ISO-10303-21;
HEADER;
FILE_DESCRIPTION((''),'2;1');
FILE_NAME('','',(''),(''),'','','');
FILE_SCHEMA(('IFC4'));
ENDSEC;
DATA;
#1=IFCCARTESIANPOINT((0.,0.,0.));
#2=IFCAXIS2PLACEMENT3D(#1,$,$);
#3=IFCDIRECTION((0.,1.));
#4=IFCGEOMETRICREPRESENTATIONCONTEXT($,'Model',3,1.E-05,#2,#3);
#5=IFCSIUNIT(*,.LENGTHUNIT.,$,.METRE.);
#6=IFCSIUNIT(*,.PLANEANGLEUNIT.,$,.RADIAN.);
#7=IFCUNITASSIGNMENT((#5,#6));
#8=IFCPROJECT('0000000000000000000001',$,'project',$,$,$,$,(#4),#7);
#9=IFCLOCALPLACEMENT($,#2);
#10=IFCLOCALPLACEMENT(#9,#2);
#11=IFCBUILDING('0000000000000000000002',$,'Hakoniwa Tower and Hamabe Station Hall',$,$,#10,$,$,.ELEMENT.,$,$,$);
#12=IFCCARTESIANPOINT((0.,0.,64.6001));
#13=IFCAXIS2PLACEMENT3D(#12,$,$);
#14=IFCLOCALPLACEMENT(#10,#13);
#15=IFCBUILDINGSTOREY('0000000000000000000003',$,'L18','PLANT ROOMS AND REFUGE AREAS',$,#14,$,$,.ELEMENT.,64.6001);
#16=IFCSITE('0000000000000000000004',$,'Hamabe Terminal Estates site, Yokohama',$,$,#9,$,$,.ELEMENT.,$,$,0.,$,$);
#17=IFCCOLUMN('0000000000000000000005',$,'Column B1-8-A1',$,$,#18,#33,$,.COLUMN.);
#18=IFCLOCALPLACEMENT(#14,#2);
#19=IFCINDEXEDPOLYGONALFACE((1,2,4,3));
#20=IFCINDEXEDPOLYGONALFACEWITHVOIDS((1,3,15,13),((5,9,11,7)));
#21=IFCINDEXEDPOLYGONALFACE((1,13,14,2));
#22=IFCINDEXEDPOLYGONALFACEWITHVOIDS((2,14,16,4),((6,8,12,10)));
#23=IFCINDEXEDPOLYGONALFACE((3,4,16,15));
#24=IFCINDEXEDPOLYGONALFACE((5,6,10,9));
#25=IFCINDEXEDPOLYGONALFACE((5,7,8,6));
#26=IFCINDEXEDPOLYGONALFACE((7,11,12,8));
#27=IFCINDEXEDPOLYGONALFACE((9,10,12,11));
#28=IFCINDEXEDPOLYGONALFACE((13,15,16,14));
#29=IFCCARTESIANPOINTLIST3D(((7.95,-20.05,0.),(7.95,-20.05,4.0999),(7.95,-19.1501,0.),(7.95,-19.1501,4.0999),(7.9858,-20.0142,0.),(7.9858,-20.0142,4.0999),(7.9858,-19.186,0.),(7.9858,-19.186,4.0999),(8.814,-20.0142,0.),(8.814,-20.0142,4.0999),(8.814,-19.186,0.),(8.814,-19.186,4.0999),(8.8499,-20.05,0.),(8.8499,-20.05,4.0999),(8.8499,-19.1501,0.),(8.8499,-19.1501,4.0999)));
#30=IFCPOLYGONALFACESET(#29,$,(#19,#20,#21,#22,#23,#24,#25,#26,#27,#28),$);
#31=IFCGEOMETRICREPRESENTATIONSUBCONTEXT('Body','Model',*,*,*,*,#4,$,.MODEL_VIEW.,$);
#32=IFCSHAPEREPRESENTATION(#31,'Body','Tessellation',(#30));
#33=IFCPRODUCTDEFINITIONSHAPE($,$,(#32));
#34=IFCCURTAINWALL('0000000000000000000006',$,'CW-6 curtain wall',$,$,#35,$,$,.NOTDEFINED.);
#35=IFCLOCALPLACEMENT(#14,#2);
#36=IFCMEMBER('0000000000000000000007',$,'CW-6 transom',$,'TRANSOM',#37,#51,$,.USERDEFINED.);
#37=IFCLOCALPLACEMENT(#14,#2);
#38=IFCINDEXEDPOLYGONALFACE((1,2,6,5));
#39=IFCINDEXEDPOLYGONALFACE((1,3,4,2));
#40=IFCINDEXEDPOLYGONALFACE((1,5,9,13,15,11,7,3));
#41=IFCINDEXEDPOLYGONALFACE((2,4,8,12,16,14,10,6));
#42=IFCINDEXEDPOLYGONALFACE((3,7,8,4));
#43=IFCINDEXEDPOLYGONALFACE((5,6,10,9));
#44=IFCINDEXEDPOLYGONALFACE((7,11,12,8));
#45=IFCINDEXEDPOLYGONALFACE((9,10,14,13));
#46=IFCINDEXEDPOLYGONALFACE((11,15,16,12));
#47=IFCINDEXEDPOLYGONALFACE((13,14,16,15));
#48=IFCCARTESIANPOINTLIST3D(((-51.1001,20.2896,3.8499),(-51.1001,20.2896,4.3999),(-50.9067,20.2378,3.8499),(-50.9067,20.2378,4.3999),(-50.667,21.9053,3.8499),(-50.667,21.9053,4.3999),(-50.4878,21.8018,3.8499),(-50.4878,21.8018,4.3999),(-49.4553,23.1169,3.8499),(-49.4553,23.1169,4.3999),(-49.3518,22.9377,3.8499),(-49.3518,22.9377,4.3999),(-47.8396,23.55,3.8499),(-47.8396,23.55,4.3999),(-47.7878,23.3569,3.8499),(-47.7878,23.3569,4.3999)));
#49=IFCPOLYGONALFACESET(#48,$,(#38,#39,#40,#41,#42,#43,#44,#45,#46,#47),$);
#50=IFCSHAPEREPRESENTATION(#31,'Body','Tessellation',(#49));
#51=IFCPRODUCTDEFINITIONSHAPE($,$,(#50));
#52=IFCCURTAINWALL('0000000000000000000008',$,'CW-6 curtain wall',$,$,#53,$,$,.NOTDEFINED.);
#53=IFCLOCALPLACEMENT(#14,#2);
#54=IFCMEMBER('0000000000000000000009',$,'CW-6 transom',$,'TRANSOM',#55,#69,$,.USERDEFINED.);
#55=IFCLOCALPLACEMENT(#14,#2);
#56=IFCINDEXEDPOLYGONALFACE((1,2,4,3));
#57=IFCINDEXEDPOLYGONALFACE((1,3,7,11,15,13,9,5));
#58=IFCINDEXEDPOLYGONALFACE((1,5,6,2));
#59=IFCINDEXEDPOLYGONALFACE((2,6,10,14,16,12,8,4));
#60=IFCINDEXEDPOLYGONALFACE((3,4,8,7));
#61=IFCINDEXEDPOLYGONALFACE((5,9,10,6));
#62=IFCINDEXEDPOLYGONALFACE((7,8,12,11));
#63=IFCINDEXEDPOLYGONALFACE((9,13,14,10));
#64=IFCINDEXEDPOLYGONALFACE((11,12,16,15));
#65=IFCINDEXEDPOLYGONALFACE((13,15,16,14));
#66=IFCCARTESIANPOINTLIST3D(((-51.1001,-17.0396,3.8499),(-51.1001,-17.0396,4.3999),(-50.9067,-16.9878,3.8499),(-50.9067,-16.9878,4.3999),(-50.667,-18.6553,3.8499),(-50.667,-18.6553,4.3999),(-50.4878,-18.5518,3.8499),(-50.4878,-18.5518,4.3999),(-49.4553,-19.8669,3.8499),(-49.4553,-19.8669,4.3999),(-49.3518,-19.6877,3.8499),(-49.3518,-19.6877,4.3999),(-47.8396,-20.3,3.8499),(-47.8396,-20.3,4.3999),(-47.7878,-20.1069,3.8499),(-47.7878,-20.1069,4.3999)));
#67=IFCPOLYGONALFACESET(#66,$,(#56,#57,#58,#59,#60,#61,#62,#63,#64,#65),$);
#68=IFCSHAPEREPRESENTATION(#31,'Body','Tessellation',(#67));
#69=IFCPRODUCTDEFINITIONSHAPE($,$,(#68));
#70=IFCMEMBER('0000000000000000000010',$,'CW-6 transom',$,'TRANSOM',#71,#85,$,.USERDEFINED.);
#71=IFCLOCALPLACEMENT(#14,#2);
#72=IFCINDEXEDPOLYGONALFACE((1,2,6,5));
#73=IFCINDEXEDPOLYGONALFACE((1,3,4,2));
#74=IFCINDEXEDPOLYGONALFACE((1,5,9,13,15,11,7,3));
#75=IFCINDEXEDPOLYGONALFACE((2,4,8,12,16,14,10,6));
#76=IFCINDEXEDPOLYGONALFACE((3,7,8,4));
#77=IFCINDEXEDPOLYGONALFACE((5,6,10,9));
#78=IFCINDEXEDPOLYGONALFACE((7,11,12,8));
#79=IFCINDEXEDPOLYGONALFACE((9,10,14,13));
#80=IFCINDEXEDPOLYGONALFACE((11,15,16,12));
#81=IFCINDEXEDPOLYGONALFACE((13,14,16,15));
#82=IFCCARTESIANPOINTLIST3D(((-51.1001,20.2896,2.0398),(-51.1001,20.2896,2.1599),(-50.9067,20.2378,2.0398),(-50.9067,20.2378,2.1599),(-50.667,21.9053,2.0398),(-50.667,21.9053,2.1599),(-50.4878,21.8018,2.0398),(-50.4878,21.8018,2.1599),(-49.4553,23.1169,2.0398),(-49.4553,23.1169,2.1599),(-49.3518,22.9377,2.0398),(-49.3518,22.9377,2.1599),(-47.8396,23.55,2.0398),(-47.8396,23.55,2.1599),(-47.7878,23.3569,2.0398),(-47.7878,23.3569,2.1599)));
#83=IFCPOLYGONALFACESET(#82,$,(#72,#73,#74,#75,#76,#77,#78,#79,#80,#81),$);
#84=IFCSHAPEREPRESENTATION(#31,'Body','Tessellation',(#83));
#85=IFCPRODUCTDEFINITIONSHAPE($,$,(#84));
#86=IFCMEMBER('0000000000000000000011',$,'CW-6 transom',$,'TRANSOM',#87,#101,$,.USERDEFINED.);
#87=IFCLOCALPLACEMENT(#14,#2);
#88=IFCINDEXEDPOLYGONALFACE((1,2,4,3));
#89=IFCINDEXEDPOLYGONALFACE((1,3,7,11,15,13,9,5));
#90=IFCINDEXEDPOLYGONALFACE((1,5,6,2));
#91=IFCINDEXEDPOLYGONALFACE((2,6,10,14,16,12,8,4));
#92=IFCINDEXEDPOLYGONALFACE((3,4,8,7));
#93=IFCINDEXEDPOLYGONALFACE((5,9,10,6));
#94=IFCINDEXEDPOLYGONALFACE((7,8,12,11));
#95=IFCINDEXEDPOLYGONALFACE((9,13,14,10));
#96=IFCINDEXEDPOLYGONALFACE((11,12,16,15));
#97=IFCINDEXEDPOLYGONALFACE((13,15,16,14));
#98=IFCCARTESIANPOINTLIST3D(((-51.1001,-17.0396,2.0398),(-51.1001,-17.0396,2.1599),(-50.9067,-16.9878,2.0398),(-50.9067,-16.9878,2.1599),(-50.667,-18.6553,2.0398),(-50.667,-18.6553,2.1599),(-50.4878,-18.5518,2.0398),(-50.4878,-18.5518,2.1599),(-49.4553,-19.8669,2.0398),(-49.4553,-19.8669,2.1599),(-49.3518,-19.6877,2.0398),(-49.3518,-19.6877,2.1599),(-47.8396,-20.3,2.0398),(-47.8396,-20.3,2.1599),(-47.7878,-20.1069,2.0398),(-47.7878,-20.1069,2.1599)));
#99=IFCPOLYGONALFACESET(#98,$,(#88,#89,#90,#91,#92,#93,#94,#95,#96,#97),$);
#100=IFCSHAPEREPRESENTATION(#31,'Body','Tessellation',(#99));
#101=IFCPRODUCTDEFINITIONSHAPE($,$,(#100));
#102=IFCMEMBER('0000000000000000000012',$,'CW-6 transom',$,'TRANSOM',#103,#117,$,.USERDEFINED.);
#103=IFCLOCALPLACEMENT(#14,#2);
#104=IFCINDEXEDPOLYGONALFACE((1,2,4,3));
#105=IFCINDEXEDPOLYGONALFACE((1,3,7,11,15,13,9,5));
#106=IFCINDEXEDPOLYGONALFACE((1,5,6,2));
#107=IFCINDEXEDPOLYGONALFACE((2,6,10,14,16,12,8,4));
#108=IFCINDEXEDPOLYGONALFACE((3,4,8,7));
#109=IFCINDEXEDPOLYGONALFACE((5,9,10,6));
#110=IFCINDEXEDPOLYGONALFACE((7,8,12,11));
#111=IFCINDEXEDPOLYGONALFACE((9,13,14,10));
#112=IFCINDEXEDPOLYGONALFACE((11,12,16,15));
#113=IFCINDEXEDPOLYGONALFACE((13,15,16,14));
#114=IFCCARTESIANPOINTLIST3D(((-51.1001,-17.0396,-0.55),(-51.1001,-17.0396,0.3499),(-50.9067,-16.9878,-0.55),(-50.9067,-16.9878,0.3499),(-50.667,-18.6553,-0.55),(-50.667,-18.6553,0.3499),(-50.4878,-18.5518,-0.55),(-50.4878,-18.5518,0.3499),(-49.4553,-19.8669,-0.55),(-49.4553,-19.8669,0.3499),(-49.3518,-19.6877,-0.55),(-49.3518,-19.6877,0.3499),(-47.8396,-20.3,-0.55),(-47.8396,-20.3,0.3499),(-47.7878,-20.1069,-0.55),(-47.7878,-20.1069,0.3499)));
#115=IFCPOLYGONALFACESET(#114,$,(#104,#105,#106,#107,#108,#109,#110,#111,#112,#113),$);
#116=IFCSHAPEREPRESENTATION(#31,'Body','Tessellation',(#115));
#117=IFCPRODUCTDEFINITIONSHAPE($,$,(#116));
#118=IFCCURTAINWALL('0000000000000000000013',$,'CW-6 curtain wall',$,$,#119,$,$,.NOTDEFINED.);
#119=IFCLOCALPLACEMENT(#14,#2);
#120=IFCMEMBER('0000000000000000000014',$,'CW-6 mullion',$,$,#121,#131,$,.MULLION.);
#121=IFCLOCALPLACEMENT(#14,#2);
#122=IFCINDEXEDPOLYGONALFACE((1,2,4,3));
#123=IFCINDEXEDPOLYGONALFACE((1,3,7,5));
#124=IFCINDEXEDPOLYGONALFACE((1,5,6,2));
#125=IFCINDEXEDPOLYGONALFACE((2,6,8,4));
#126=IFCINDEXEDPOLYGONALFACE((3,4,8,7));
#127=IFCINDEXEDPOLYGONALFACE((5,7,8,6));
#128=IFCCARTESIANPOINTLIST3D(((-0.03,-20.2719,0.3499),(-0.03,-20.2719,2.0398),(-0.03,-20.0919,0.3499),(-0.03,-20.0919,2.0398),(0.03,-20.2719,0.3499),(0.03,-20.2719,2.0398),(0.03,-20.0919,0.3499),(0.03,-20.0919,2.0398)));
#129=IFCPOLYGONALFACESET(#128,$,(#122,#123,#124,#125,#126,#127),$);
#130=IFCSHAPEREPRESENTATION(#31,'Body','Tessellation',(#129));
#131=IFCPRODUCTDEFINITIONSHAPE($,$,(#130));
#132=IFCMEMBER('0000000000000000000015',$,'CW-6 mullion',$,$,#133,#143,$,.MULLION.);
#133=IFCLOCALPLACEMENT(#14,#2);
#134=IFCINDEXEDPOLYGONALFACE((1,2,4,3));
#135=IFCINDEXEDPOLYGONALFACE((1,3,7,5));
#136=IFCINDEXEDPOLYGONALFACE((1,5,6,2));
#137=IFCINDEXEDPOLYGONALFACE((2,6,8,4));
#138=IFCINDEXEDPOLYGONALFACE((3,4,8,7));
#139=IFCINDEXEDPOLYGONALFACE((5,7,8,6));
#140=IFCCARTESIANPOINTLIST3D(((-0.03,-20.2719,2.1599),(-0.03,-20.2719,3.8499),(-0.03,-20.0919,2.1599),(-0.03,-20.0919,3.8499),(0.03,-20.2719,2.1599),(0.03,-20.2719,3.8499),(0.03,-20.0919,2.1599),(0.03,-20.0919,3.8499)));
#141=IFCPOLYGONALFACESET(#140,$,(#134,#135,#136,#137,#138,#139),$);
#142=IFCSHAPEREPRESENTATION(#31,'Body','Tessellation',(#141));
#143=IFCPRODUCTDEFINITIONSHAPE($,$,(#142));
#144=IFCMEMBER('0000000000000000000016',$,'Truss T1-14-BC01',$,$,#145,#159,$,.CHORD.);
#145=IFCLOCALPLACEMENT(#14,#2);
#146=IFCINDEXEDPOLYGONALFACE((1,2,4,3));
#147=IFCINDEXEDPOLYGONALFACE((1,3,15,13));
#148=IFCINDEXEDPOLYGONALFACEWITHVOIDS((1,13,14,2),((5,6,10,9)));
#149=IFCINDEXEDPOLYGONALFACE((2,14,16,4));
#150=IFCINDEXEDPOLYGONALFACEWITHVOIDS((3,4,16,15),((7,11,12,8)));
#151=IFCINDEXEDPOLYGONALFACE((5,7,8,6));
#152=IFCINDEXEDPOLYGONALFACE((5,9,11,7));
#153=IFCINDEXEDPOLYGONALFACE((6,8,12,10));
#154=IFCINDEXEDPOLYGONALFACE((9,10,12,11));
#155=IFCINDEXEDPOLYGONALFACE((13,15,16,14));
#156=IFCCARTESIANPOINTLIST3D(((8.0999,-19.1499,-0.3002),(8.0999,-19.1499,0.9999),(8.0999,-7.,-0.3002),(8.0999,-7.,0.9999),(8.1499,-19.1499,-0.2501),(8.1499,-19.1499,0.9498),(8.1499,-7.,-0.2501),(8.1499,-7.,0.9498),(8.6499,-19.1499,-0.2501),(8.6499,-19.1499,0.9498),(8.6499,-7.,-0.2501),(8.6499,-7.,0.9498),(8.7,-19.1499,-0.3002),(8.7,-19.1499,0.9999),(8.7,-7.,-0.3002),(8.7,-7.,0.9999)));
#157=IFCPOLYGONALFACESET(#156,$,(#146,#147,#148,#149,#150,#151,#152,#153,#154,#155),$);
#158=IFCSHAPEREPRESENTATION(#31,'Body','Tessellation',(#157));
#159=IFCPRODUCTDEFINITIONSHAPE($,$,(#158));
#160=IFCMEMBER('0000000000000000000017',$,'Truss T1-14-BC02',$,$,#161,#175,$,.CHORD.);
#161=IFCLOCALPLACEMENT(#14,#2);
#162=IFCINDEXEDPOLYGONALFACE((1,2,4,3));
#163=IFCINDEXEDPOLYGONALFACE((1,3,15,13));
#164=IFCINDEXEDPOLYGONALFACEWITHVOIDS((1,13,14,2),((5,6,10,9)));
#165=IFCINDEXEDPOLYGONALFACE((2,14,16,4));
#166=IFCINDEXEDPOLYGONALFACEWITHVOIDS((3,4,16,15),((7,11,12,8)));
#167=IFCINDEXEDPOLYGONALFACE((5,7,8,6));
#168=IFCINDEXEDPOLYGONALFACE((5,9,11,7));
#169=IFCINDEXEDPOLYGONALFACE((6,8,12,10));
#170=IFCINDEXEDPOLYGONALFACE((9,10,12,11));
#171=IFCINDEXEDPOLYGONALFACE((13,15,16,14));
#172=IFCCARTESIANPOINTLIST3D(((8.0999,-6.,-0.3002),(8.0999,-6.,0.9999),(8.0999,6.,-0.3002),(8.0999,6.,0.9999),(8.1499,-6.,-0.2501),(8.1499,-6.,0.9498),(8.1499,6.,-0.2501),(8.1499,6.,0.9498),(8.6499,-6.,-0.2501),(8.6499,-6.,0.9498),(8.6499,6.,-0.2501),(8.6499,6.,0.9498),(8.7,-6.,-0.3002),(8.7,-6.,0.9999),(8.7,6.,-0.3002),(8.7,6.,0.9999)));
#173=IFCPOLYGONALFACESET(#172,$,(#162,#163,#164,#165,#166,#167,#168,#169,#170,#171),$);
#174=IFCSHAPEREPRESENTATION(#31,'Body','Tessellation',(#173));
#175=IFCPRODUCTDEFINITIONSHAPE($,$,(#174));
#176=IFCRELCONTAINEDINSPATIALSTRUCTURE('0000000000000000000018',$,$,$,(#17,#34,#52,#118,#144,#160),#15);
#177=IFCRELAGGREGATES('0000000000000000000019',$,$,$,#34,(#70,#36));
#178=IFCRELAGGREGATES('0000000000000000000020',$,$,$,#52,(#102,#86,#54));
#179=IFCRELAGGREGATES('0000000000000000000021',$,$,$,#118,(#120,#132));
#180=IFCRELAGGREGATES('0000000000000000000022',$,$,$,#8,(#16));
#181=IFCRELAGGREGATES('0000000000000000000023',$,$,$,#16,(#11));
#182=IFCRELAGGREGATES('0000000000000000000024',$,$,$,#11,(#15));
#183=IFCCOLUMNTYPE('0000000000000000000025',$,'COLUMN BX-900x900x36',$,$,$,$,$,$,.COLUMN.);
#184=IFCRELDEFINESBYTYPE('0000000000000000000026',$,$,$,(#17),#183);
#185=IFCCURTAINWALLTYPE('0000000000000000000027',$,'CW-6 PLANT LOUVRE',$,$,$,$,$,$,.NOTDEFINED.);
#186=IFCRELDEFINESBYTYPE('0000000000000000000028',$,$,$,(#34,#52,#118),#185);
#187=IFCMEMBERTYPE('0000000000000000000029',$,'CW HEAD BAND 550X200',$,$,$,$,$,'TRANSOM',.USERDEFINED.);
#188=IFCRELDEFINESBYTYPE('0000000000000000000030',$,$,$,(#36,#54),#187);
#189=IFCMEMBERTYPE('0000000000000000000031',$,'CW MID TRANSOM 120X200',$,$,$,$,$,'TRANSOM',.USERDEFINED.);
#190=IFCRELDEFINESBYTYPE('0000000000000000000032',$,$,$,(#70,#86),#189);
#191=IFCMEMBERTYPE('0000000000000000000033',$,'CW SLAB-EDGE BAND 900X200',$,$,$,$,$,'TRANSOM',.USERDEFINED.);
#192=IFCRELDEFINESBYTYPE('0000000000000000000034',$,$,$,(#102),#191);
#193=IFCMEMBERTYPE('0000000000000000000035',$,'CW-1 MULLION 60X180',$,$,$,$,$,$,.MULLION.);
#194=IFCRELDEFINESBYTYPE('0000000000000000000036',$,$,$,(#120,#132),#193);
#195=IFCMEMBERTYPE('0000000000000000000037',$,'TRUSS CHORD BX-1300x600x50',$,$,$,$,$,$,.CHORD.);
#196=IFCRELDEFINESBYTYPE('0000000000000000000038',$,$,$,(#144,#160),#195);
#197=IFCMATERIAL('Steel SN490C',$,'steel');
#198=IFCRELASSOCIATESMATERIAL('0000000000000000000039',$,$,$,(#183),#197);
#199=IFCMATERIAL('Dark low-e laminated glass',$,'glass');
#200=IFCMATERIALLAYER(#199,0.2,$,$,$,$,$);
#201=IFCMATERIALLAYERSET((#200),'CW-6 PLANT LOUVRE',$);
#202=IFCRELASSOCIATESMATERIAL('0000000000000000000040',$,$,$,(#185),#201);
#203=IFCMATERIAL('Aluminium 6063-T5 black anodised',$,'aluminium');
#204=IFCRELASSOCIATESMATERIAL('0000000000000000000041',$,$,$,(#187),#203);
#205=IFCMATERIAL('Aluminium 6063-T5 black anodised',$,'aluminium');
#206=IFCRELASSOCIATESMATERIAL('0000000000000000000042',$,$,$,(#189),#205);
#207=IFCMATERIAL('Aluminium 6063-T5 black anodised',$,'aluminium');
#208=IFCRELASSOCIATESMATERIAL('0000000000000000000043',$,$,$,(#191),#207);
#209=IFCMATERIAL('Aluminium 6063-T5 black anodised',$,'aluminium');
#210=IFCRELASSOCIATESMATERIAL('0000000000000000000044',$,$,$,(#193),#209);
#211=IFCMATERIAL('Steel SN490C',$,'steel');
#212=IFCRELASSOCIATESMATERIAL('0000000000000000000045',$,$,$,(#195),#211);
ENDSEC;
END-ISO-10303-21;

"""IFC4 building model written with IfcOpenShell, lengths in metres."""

from ifc_helpers import new_model, si_unit, direction, frame, origin, origin_2d, place, context, subcontext, project, spatial, polyline, rectangle, hollow_rectangle, outline, extrude, material, layer, layer_set, material_profile, profile_set, type_object, element, aggregate, save


model = new_model("IFC4")

# Units and contexts
model_context = context("Model", 3, precision=1e-05, world=origin(), true_north=direction((0.0, 1.0)))
body_context = subcontext(model_context, "Body", "Model", "MODEL_VIEW")
ifc_project = project(units=[si_unit("LENGTHUNIT", "METRE"), si_unit("PLANEANGLEUNIT", "RADIAN")], contexts=[model_context])

# Site, building, storey
site_placement = place(None, origin())
site = spatial("IfcSite", under=ifc_project, at=site_placement, Name="Hamabe Terminal Estates site, Yokohama", CompositionType="ELEMENT", RefElevation=0.0)
building_placement = place(site_placement, origin())
building = spatial("IfcBuilding", under=site, at=building_placement, Name="Hakoniwa Tower and Hamabe Station Hall", CompositionType="ELEMENT")
storey_placement = place(building_placement, frame((0.0, 0.0, 64.6001)))
storey = spatial("IfcBuildingStorey", under=building, at=storey_placement, Name="L18", Description="PLANT ROOMS AND REFUGE AREAS", CompositionType="ELEMENT", Elevation=64.6001)

# Column
ifc_material_1 = material(Name="Steel SN490C", Category="steel")
ifc_material_profile_1 = material_profile(ifc_material_1, hollow_rectangle(XDim=0.8999, YDim=0.8999, WallThickness=0.0359, at=origin_2d()), Name="BX-900x900x36")
ifc_profile_set_1 = profile_set([ifc_material_profile_1], Name="Steel SN490C")
column_type = type_object("IfcColumnType", Name="COLUMN BX-900x900x36", PredefinedType="COLUMN", material=ifc_profile_set_1)
column_placement = place(storey_placement, frame((8.3999, -19.6001, 0.0), z_axis=(0.0, 0.0, 1.0), x_axis=(1.0, 0.0, 0.0)))
element("IfcColumn", 1, at=column_placement, inside=storey, type_object=column_type, Name="Column B1-8-A1", PredefinedType="COLUMN", context=body_context, shape_type="SweptSolid", body=[
    extrude(hollow_rectangle(XDim=0.8999, YDim=0.8999, WallThickness=0.0359, at=origin_2d()), origin(), (0.0, 0.0, 1.0), 4.0999),
])

# Curtain walls, members
ifc_material_2 = material(Name="Dark low-e laminated glass", Category="glass")
ifc_layer_1 = layer(ifc_material_2, 0.2)
ifc_layer_set_1 = layer_set([ifc_layer_1], Name="CW-6 PLANT LOUVRE")
curtain_wall_type = type_object("IfcCurtainWallType", Name="CW-6 PLANT LOUVRE", PredefinedType="NOTDEFINED", material=ifc_layer_set_1)
curtain_wall_1_placement = place(storey_placement, origin())
curtain_wall_1 = element("IfcCurtainWall", 2, at=curtain_wall_1_placement, inside=storey, type_object=curtain_wall_type, Name="CW-6 curtain wall", PredefinedType="NOTDEFINED")
ifc_material_3 = material(Name="Aluminium 6063-T5 black anodised", Category="aluminium")
ifc_material_profile_2 = material_profile(ifc_material_3, rectangle(XDim=0.2, YDim=0.55, at=origin_2d()), Name="CW HEAD BAND 550X200")
ifc_profile_set_2 = profile_set([ifc_material_profile_2], Name="Aluminium 6063-T5 black anodised")
member_type_1 = type_object("IfcMemberType", Name="CW HEAD BAND 550X200", ElementType="TRANSOM", PredefinedType="USERDEFINED", material=ifc_profile_set_2)
member_1_placement = place(storey_placement, frame((0.0, 0.0, 3.8499)))
member_1 = element("IfcMember", 3, at=member_1_placement, type_object=member_type_1, Name="CW-6 transom", ObjectType="TRANSOM", PredefinedType="USERDEFINED", context=body_context, shape_type="SweptSolid", body=[
    extrude(outline(polyline([(-47.8396, 23.55), (-49.4553, 23.1169), (-50.667, 21.9053), (-51.1001, 20.2896), (-50.9067, 20.2378), (-50.4878, 21.8018), (-49.3518, 22.9377), (-47.7878, 23.3569), (-47.8396, 23.55)])), origin(), (0.0, 0.0, 1.0), 0.55),
])
curtain_wall_2_placement = place(storey_placement, origin())
curtain_wall_2 = element("IfcCurtainWall", 4, at=curtain_wall_2_placement, inside=storey, type_object=curtain_wall_type, Name="CW-6 curtain wall", PredefinedType="NOTDEFINED")
member_2_placement = place(storey_placement, frame((0.0, 0.0, 3.8499)))
member_2 = element("IfcMember", 5, at=member_2_placement, type_object=member_type_1, Name="CW-6 transom", ObjectType="TRANSOM", PredefinedType="USERDEFINED", context=body_context, shape_type="SweptSolid", body=[
    extrude(outline(polyline([(-51.1001, -17.0396), (-50.667, -18.6553), (-49.4553, -19.8669), (-47.8396, -20.3), (-47.7878, -20.1069), (-49.3518, -19.6877), (-50.4878, -18.5518), (-50.9067, -16.9878), (-51.1001, -17.0396)])), origin(), (0.0, 0.0, 1.0), 0.55),
])

# Members
ifc_material_4 = material(Name="Aluminium 6063-T5 black anodised", Category="aluminium")
ifc_material_profile_3 = material_profile(ifc_material_4, rectangle(XDim=0.2, YDim=0.1201, at=origin_2d()), Name="CW MID TRANSOM 120X200")
ifc_profile_set_3 = profile_set([ifc_material_profile_3], Name="Aluminium 6063-T5 black anodised")
member_type_2 = type_object("IfcMemberType", Name="CW MID TRANSOM 120X200", ElementType="TRANSOM", PredefinedType="USERDEFINED", material=ifc_profile_set_3)
member_3_placement = place(storey_placement, frame((0.0, 0.0, 2.0398)))
member_3 = element("IfcMember", 6, at=member_3_placement, type_object=member_type_2, Name="CW-6 transom", ObjectType="TRANSOM", PredefinedType="USERDEFINED", context=body_context, shape_type="SweptSolid", body=[
    extrude(outline(polyline([(-47.8396, 23.55), (-49.4553, 23.1169), (-50.667, 21.9053), (-51.1001, 20.2896), (-50.9067, 20.2378), (-50.4878, 21.8018), (-49.3518, 22.9377), (-47.7878, 23.3569), (-47.8396, 23.55)])), origin(), (0.0, 0.0, 1.0), 0.1201),
])
aggregate(curtain_wall_1, [member_3, member_1])
member_4_placement = place(storey_placement, frame((0.0, 0.0, 2.0398)))
member_4 = element("IfcMember", 7, at=member_4_placement, type_object=member_type_2, Name="CW-6 transom", ObjectType="TRANSOM", PredefinedType="USERDEFINED", context=body_context, shape_type="SweptSolid", body=[
    extrude(outline(polyline([(-51.1001, -17.0396), (-50.667, -18.6553), (-49.4553, -19.8669), (-47.8396, -20.3), (-47.7878, -20.1069), (-49.3518, -19.6877), (-50.4878, -18.5518), (-50.9067, -16.9878), (-51.1001, -17.0396)])), origin(), (0.0, 0.0, 1.0), 0.1201),
])
ifc_material_5 = material(Name="Aluminium 6063-T5 black anodised", Category="aluminium")
ifc_material_profile_4 = material_profile(ifc_material_5, rectangle(XDim=0.2, YDim=0.8999, at=origin_2d()), Name="CW SLAB-EDGE BAND 900X200")
ifc_profile_set_4 = profile_set([ifc_material_profile_4], Name="Aluminium 6063-T5 black anodised")
member_type_3 = type_object("IfcMemberType", Name="CW SLAB-EDGE BAND 900X200", ElementType="TRANSOM", PredefinedType="USERDEFINED", material=ifc_profile_set_4)
member_5_placement = place(storey_placement, frame((0.0, 0.0, -0.55)))
member_5 = element("IfcMember", 8, at=member_5_placement, type_object=member_type_3, Name="CW-6 transom", ObjectType="TRANSOM", PredefinedType="USERDEFINED", context=body_context, shape_type="SweptSolid", body=[
    extrude(outline(polyline([(-51.1001, -17.0396), (-50.667, -18.6553), (-49.4553, -19.8669), (-47.8396, -20.3), (-47.7878, -20.1069), (-49.3518, -19.6877), (-50.4878, -18.5518), (-50.9067, -16.9878), (-51.1001, -17.0396)])), origin(), (0.0, 0.0, 1.0), 0.8999),
])

# Curtain wall, members
curtain_wall_3_placement = place(storey_placement, origin())
curtain_wall_3 = element("IfcCurtainWall", 9, at=curtain_wall_3_placement, inside=storey, type_object=curtain_wall_type, Name="CW-6 curtain wall", PredefinedType="NOTDEFINED")
ifc_material_6 = material(Name="Aluminium 6063-T5 black anodised", Category="aluminium")
ifc_material_profile_5 = material_profile(ifc_material_6, rectangle(XDim=0.0601, YDim=0.1799, at=origin_2d()), Name="CW-1 MULLION 60X180")
ifc_profile_set_5 = profile_set([ifc_material_profile_5], Name="Aluminium 6063-T5 black anodised")
member_type_4 = type_object("IfcMemberType", Name="CW-1 MULLION 60X180", PredefinedType="MULLION", material=ifc_profile_set_5)
member_6_placement = place(storey_placement, frame((0.0, -20.1819, 0.3499), z_axis=(0.0, 0.0, 1.0), x_axis=(1.0, 0.0, 0.0)))
member_6 = element("IfcMember", 10, at=member_6_placement, type_object=member_type_4, Name="CW-6 mullion", PredefinedType="MULLION", context=body_context, shape_type="SweptSolid", body=[
    extrude(rectangle(XDim=0.0601, YDim=0.1799, at=origin_2d()), origin(), (0.0, 0.0, 1.0), 1.6899),
])
member_7_placement = place(storey_placement, frame((0.0, -20.1819, 2.1599), z_axis=(0.0, 0.0, 1.0), x_axis=(1.0, 0.0, 0.0)))
member_7 = element("IfcMember", 11, at=member_7_placement, type_object=member_type_4, Name="CW-6 mullion", PredefinedType="MULLION", context=body_context, shape_type="SweptSolid", body=[
    extrude(rectangle(XDim=0.0601, YDim=0.1799, at=origin_2d()), origin(), (0.0, 0.0, 1.0), 1.6899),
])

# Members
ifc_material_7 = material(Name="Steel SN490C", Category="steel")
ifc_material_profile_6 = material_profile(ifc_material_7, hollow_rectangle(XDim=0.6001, YDim=1.3, WallThickness=0.05, at=origin_2d()), Name="BX-1300x600x50")
ifc_profile_set_6 = profile_set([ifc_material_profile_6], Name="Steel SN490C")
member_type_5 = type_object("IfcMemberType", Name="TRUSS CHORD BX-1300x600x50", PredefinedType="CHORD", material=ifc_profile_set_6)
member_8_placement = place(storey_placement, frame((8.3999, -19.1499, 0.3499), z_axis=(0.0, 1.0, 0.0), x_axis=(-1.0, 0.0, 0.0)))
element("IfcMember", 12, at=member_8_placement, inside=storey, type_object=member_type_5, Name="Truss T1-14-BC01", PredefinedType="CHORD", context=body_context, shape_type="SweptSolid", body=[
    extrude(hollow_rectangle(XDim=0.6001, YDim=1.3, WallThickness=0.05, at=origin_2d()), origin(), (0.0, 0.0, 1.0), 12.1499),
])
member_9_placement = place(storey_placement, frame((8.3999, -6.0, 0.3499), z_axis=(0.0, 1.0, 0.0), x_axis=(-1.0, 0.0, 0.0)))
element("IfcMember", 13, at=member_9_placement, inside=storey, type_object=member_type_5, Name="Truss T1-14-BC02", PredefinedType="CHORD", context=body_context, shape_type="SweptSolid", body=[
    extrude(hollow_rectangle(XDim=0.6001, YDim=1.3, WallThickness=0.05, at=origin_2d()), origin(), (0.0, 0.0, 1.0), 12.0),
])

aggregate(curtain_wall_2, [member_5, member_4, member_2])
aggregate(curtain_wall_3, [member_6, member_7])

save(model, "model.ifc")
